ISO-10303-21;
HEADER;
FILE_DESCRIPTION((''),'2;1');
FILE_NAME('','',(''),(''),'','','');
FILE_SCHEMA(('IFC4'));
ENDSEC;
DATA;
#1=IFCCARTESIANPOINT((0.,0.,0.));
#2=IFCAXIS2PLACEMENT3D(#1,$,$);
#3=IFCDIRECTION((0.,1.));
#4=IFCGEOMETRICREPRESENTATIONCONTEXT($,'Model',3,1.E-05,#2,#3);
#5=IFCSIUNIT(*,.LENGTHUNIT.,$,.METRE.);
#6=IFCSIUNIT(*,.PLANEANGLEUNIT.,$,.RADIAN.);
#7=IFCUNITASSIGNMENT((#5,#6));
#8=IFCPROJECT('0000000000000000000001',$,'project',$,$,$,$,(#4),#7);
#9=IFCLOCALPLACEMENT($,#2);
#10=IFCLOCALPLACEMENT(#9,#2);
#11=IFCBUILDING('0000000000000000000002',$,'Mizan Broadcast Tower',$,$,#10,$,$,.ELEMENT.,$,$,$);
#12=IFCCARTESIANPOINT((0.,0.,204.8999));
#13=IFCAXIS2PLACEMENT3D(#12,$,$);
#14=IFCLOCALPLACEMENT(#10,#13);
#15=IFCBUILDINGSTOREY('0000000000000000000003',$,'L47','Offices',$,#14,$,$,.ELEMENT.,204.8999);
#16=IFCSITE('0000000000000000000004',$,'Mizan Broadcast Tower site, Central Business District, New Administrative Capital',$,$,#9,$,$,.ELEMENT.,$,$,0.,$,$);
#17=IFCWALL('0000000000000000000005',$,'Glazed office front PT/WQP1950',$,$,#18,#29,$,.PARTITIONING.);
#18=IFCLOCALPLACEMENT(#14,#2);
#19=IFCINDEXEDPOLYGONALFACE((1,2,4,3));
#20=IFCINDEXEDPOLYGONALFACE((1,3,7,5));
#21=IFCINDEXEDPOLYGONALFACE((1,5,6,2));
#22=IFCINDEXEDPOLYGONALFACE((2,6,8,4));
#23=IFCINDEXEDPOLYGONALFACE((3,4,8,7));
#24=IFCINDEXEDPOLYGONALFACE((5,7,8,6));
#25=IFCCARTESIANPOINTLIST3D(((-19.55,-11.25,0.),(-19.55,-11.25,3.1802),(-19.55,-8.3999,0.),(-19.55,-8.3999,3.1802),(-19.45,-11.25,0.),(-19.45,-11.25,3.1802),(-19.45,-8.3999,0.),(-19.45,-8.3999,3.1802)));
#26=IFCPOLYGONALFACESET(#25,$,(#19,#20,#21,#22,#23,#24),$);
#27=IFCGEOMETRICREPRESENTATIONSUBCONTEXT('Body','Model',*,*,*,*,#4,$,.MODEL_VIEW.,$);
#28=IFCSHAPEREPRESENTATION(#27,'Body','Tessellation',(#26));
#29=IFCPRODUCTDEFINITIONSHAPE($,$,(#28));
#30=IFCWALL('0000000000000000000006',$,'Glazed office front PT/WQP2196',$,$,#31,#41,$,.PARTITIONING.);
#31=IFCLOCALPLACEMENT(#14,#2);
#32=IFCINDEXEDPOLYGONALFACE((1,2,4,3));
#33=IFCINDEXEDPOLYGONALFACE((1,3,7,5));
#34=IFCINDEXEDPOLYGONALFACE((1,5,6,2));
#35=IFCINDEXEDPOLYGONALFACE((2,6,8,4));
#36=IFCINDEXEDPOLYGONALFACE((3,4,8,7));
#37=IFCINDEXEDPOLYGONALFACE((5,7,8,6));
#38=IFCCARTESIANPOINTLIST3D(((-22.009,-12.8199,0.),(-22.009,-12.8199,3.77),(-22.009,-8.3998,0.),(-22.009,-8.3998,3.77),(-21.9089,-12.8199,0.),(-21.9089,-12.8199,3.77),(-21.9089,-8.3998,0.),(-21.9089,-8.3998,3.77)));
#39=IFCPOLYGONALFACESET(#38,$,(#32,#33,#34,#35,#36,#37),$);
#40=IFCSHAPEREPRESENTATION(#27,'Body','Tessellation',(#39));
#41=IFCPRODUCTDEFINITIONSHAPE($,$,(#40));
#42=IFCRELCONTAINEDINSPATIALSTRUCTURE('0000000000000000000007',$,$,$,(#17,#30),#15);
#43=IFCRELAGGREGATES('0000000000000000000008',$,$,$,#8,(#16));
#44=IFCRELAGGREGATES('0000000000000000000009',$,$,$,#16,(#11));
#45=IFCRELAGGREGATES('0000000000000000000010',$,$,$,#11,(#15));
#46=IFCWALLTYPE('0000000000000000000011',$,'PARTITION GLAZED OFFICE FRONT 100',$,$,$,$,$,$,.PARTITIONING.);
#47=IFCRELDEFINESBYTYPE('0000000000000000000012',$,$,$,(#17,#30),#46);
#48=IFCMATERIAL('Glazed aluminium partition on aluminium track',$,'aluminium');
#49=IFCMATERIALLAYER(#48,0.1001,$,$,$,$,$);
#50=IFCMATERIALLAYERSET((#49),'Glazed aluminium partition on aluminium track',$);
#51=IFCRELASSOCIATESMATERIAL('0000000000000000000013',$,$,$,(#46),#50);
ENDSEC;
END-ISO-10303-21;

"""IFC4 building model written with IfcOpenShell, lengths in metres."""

from ifc_helpers import new_model, si_unit, direction, frame, frame_2d, origin, place, context, subcontext, project, spatial, rectangle, extrude, material, layer, layer_set, type_object, element, save


model = new_model("IFC4")

# Units and contexts
model_context = context("Model", 3, precision=1e-05, world=origin(), true_north=direction((0.0, 1.0)))
body_context = subcontext(model_context, "Body", "Model", "MODEL_VIEW")
ifc_project = project(units=[si_unit("LENGTHUNIT", "METRE"), si_unit("PLANEANGLEUNIT", "RADIAN")], contexts=[model_context])

# Site, building, storey
site_placement = place(None, origin())
site = spatial("IfcSite", under=ifc_project, at=site_placement, Name="Mizan Broadcast Tower site, Central Business District, New Administrative Capital", CompositionType="ELEMENT", RefElevation=0.0)
building_placement = place(site_placement, origin())
building = spatial("IfcBuilding", under=site, at=building_placement, Name="Mizan Broadcast Tower", CompositionType="ELEMENT")
storey_placement = place(building_placement, frame((0.0, 0.0, 204.8999)))
storey = spatial("IfcBuildingStorey", under=building, at=storey_placement, Name="L47", Description="Offices", CompositionType="ELEMENT", Elevation=204.8999)

# Shared definitions
ifc_material_1 = material(Name="Glazed aluminium partition on aluminium track", Category="aluminium")
ifc_layer_1 = layer(ifc_material_1, 0.1001)
ifc_layer_set_1 = layer_set([ifc_layer_1], Name="Glazed aluminium partition on aluminium track")
wall_type_1 = type_object("IfcWallType", Name="PARTITION GLAZED OFFICE FRONT 100", PredefinedType="PARTITIONING", material=ifc_layer_set_1)

# Walls
wall_1_placement = place(storey_placement, frame((-19.5, -8.3999, 0.0), z_axis=(0.0, 0.0, 1.0), x_axis=(0.0, -1.0, 0.0)))
element("IfcWall", 1, at=wall_1_placement, inside=storey, type_object=wall_type_1, Name="Glazed office front PT/WQP1950", PredefinedType="PARTITIONING", context=body_context, shape_type="SweptSolid", body=[
    extrude(rectangle(XDim=2.8501, YDim=0.1001, at=frame_2d((1.425, 0.0))), origin(), (0.0, 0.0, 1.0), 3.1802),
])
wall_2_placement = place(storey_placement, frame((-21.959, -8.3999, 0.0), z_axis=(0.0, 0.0, 1.0), x_axis=(0.0, -1.0, 0.0)))
element("IfcWall", 2, at=wall_2_placement, inside=storey, type_object=wall_type_1, Name="Glazed office front PT/WQP2196", PredefinedType="PARTITIONING", context=body_context, shape_type="SweptSolid", body=[
    extrude(rectangle(XDim=4.4202, YDim=0.1001, at=frame_2d((2.21, 0.0))), origin(), (0.0, 0.0, 1.0), 3.77),
])

save(model, "model.ifc")
